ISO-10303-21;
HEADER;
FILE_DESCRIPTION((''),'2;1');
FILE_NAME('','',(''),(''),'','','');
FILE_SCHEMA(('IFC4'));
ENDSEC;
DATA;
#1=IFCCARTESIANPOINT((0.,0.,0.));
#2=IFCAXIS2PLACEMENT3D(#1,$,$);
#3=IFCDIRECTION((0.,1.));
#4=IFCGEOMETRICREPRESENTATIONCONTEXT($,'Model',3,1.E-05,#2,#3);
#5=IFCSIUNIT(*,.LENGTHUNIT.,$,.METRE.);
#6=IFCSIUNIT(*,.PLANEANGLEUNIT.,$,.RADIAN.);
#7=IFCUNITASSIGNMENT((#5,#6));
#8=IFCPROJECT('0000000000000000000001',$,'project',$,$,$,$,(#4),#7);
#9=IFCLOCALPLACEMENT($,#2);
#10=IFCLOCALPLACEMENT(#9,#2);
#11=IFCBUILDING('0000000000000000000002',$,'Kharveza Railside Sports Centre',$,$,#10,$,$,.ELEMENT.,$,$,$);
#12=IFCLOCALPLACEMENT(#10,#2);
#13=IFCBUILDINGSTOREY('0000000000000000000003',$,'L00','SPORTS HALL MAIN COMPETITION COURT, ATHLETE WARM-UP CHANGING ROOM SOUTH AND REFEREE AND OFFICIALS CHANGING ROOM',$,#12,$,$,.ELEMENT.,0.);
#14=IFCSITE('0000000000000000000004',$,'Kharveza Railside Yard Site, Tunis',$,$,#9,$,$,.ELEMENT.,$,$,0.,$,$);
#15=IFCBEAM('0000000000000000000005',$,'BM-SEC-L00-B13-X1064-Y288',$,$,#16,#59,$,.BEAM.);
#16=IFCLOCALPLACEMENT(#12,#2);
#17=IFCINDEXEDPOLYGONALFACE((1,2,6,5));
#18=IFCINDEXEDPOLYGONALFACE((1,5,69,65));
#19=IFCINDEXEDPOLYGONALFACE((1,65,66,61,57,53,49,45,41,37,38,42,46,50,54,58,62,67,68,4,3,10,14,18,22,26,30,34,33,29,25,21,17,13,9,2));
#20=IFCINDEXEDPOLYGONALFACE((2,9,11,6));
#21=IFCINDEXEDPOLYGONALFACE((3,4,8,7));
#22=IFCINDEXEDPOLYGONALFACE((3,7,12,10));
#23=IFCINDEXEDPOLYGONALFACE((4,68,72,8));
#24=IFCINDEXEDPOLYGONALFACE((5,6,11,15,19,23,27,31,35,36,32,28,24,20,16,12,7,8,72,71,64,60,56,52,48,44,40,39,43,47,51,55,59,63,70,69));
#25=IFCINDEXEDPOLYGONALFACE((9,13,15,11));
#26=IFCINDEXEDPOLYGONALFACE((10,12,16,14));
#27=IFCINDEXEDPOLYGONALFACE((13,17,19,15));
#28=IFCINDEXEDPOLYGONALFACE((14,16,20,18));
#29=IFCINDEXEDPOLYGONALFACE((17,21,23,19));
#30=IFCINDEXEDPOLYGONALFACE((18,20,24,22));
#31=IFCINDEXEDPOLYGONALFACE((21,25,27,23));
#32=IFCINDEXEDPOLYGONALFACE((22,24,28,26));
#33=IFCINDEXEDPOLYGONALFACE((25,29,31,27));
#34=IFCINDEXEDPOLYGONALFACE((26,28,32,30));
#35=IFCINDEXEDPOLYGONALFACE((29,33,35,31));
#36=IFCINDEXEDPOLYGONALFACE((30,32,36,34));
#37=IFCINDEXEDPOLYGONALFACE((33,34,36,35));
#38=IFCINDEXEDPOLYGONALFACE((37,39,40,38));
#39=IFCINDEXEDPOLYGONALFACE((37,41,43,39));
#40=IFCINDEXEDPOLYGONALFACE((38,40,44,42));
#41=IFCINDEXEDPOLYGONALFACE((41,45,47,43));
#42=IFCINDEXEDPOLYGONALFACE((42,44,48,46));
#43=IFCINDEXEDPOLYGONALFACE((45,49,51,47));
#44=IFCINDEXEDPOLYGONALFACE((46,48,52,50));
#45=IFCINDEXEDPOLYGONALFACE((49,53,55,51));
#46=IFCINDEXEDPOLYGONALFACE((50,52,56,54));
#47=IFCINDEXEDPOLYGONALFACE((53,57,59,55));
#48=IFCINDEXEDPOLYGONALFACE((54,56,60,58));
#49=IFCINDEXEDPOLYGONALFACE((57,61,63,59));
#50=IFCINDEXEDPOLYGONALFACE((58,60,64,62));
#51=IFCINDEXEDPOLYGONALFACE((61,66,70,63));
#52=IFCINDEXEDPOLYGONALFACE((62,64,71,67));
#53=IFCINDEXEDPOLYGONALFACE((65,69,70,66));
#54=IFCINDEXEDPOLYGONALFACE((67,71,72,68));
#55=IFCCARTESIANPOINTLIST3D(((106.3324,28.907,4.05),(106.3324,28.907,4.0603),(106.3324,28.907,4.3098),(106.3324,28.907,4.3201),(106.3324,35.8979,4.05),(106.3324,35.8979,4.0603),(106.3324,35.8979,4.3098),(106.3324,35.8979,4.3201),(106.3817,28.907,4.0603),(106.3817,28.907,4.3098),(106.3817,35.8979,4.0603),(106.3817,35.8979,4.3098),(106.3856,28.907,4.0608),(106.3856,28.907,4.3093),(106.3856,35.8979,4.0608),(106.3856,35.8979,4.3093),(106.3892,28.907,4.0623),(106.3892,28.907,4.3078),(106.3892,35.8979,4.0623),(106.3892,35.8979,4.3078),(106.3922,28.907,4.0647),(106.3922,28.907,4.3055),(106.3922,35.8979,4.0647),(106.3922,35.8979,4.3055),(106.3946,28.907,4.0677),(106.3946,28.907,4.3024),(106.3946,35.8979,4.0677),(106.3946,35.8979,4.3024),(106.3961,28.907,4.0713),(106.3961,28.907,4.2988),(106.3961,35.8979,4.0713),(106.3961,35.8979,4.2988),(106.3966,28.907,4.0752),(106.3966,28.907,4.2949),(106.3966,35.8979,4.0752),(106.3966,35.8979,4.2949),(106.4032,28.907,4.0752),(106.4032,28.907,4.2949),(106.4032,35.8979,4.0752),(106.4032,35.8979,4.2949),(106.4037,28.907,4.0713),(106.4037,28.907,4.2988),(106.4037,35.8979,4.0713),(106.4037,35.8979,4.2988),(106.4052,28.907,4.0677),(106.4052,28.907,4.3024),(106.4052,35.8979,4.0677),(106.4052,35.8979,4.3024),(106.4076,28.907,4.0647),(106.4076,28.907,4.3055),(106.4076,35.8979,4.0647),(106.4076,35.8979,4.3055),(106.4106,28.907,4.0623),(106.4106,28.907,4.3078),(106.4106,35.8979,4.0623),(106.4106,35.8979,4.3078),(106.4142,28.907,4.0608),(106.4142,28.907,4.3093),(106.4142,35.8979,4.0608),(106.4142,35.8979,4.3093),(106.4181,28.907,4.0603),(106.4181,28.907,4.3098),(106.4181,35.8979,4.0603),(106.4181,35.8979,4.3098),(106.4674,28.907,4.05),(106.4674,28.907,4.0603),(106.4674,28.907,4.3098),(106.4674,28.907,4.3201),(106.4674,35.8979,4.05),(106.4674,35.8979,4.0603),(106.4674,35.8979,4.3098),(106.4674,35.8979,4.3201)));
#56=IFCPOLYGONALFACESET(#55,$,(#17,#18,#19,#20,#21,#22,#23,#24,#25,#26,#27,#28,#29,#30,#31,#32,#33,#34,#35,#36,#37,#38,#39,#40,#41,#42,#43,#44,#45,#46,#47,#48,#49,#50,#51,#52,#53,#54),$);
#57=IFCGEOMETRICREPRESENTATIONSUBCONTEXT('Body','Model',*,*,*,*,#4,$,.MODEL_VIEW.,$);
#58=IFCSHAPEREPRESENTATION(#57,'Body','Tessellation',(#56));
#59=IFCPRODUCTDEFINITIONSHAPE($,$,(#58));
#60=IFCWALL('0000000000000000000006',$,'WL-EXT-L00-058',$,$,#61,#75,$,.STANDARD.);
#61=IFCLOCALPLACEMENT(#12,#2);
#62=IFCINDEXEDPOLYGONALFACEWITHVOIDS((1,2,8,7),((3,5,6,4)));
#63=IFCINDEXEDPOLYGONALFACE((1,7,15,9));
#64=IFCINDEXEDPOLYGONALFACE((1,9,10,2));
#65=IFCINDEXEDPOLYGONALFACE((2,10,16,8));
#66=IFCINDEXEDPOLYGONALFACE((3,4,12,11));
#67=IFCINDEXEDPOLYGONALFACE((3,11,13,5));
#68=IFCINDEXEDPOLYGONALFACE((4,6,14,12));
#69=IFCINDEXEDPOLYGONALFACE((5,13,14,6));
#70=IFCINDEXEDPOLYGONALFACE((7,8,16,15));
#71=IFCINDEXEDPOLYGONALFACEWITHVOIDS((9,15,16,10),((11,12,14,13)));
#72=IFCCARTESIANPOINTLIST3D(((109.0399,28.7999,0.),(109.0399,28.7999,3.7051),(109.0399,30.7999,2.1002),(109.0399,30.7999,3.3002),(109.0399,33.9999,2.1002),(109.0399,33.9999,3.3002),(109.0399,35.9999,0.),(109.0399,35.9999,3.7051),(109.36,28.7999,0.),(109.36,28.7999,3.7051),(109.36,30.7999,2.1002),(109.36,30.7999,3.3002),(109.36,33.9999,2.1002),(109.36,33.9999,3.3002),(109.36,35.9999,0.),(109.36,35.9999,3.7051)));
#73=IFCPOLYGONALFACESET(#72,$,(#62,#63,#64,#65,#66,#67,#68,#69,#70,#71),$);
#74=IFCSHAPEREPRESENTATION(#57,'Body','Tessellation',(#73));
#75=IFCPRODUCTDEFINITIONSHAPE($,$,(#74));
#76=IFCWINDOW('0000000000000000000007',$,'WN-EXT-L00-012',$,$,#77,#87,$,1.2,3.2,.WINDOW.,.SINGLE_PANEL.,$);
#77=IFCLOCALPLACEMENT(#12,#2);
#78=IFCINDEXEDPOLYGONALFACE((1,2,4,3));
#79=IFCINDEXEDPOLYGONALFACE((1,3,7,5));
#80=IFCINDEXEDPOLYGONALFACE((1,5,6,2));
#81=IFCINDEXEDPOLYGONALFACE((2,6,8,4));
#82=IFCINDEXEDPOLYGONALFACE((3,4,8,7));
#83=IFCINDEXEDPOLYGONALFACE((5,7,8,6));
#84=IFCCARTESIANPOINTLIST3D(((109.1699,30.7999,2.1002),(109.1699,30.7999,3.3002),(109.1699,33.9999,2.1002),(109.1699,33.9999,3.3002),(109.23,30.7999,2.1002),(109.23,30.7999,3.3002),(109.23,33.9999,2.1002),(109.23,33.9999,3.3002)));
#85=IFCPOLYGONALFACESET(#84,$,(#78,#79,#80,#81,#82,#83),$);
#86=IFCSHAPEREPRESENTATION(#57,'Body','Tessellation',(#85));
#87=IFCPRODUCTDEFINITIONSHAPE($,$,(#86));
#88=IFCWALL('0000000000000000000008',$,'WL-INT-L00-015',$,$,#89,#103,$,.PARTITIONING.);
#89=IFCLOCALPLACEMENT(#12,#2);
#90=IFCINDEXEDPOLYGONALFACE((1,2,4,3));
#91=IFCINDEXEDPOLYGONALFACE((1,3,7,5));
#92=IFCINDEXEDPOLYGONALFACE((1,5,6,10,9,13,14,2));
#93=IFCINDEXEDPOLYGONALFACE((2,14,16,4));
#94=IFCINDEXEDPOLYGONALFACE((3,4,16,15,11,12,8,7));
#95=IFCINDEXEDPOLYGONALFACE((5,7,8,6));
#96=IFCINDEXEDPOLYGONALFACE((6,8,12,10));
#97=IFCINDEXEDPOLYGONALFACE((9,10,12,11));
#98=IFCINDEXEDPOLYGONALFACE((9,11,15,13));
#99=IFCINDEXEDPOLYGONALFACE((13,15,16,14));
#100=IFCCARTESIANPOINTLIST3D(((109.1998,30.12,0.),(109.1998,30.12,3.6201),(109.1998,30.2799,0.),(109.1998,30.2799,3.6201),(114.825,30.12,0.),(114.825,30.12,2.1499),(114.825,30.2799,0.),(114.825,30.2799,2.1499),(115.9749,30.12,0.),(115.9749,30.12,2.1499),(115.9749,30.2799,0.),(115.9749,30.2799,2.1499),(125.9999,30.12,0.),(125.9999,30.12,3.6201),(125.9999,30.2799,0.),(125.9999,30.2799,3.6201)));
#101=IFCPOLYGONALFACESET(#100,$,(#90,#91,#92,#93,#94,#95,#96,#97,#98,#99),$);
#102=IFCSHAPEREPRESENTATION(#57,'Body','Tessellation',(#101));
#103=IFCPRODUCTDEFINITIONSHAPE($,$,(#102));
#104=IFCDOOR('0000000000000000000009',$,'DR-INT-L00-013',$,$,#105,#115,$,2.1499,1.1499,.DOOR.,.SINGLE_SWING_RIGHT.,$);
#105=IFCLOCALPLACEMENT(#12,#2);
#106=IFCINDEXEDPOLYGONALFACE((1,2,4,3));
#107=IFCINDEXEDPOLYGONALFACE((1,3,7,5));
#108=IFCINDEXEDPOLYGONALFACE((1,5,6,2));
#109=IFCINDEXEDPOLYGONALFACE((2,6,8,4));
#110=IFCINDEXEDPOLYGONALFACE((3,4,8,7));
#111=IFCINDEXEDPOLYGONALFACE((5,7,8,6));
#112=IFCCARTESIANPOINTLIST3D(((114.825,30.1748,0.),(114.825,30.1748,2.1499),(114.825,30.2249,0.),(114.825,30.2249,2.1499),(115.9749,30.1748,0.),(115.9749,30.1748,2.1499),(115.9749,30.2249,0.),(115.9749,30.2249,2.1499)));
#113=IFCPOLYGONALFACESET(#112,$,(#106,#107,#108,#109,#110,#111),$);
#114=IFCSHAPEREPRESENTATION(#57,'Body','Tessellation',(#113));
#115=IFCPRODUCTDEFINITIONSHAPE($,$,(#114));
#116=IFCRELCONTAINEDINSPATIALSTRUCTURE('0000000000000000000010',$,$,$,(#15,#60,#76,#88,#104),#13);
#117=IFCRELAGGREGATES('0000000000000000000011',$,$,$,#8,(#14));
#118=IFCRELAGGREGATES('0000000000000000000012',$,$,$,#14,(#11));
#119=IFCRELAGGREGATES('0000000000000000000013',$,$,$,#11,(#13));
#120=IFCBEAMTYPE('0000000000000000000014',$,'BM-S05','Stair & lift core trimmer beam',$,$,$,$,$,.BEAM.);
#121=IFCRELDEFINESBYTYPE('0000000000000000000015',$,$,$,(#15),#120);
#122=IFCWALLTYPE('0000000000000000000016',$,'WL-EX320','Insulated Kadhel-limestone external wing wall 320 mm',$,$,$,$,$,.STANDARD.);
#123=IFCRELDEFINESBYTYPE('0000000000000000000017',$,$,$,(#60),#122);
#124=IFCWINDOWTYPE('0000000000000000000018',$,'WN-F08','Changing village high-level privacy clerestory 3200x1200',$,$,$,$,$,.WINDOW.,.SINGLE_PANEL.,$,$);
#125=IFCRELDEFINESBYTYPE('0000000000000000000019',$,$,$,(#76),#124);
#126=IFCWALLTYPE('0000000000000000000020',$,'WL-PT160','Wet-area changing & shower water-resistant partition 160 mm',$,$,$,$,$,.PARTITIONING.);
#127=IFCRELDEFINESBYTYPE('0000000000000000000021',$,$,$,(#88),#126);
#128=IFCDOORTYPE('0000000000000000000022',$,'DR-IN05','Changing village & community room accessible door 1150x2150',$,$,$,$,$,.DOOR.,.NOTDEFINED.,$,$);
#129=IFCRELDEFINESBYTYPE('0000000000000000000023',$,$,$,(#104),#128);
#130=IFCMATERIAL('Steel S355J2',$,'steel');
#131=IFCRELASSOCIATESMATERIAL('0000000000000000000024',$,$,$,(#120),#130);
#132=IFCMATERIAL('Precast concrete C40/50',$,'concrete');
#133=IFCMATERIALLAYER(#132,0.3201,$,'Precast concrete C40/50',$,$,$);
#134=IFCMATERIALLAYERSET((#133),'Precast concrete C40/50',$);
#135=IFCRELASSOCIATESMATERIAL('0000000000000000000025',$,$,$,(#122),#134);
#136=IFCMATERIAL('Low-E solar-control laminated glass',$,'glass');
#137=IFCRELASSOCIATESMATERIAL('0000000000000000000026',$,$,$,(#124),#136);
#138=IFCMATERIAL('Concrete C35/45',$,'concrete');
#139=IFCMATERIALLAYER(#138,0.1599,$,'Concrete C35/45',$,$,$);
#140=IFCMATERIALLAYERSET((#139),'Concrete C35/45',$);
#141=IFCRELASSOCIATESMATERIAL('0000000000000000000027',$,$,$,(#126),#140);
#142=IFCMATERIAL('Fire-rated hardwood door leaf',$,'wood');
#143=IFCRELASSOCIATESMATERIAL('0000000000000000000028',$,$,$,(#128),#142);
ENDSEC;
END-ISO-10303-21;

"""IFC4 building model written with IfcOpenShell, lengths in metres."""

from ifc_helpers import new_model, si_unit, direction, frame, frame_2d, origin, origin_2d, place, context, subcontext, project, spatial, rectangle, i_section, extrude, material, layer, layer_set, material_profile, profile_set, type_object, element, fill, save


model = new_model("IFC4")

# Units and contexts
model_context = context("Model", 3, precision=1e-05, world=origin(), true_north=direction((0.0, 1.0)))
body_context = subcontext(model_context, "Body", "Model", "MODEL_VIEW")
ifc_project = project(units=[si_unit("LENGTHUNIT", "METRE"), si_unit("PLANEANGLEUNIT", "RADIAN")], contexts=[model_context])

# Site, building, storey
site_placement = place(None, origin())
site = spatial("IfcSite", under=ifc_project, at=site_placement, Name="Kharveza Railside Yard Site, Tunis", CompositionType="ELEMENT", RefElevation=0.0)
building_placement = place(site_placement, origin())
building = spatial("IfcBuilding", under=site, at=building_placement, Name="Kharveza Railside Sports Centre", CompositionType="ELEMENT")
storey_placement = place(building_placement, origin())
storey = spatial("IfcBuildingStorey", under=building, at=storey_placement, Name="L00", Description="SPORTS HALL MAIN COMPETITION COURT, ATHLETE WARM-UP CHANGING ROOM SOUTH AND REFEREE AND OFFICIALS CHANGING ROOM", CompositionType="ELEMENT", Elevation=0.0)

# Shared definitions
ifc_material_1 = material(Name="Concrete C35/45", Category="concrete")

# Shared definitions
ifc_material_2 = material(Name="Steel S355J2", Category="steel")

# Beam
ifc_material_profile_1 = material_profile(ifc_material_2, i_section(OverallWidth=0.135, OverallDepth=0.27, WebThickness=0.0066, FlangeThickness=0.0103, FilletRadius=0.0149, at=origin_2d()), Name="IPE 270")
ifc_profile_set_1 = profile_set([ifc_material_profile_1], Name="Steel S355J2")
beam_type_1 = type_object("IfcBeamType", Name="BM-S05", Description="Stair & lift core trimmer beam", PredefinedType="BEAM", material=ifc_profile_set_1)
beam_1_placement = place(storey_placement, frame((106.3999, 28.907, 4.1851), z_axis=(0.0, 1.0, 0.0), x_axis=(-1.0, 0.0, 0.0)))
element("IfcBeam", 1, at=beam_1_placement, inside=storey, type_object=beam_type_1, Name="BM-SEC-L00-B13-X1064-Y288", PredefinedType="BEAM", context=body_context, shape_type="SweptSolid", body=[
    extrude(i_section(OverallWidth=0.135, OverallDepth=0.27, WebThickness=0.0066, FlangeThickness=0.0103, FilletRadius=0.0149, at=origin_2d()), origin(), (0.0, 0.0, 1.0), 6.991),
])

# Wall, opening, window
ifc_material_3 = material(Name="Precast concrete C40/50", Category="concrete")
ifc_layer_1 = layer(ifc_material_3, 0.3201, Name="Precast concrete C40/50")
ifc_layer_set_1 = layer_set([ifc_layer_1], Name="Precast concrete C40/50")
wall_type_1 = type_object("IfcWallType", Name="WL-EX320", Description="Insulated Kadhel-limestone external wing wall 320 mm", PredefinedType="STANDARD", material=ifc_layer_set_1)
wall_1_placement = place(storey_placement, frame((109.2, 36.0, 0.0), z_axis=(0.0, 0.0, 1.0), x_axis=(0.0, -1.0, 0.0)))
wall_1 = element("IfcWall", 2, at=wall_1_placement, inside=storey, type_object=wall_type_1, Name="WL-EXT-L00-058", PredefinedType="STANDARD", context=body_context, shape_type="SweptSolid", body=[
    extrude(rectangle(XDim=7.2, YDim=0.3201, at=frame_2d((3.6001, 0.0))), origin(), (0.0, 0.0, 1.0), 3.7051),
])
opening_1_placement = place(wall_1_placement, frame((2.0, 0.0, 2.1001)))
opening_1 = element("IfcOpeningElement", 3, at=opening_1_placement, cuts=wall_1, PredefinedType="OPENING", context=body_context, shape_type="SweptSolid", body=[
    extrude(rectangle(XDim=3.2, YDim=1.2, at=frame_2d((1.6001, 0.6001))), frame((0.0, 0.1851, 0.0), z_axis=(0.0, -1.0, 0.0), x_axis=(1.0, 0.0, 0.0)), (0.0, 0.0, 1.0), 0.3699),
])
ifc_material_4 = material(Name="Low-E solar-control laminated glass", Category="glass")
window_type = type_object("IfcWindowType", Name="WN-F08", Description="Changing village high-level privacy clerestory 3200x1200", PartitioningType="SINGLE_PANEL", PredefinedType="WINDOW", material=ifc_material_4)
window_placement = place(opening_1_placement, origin())
window = element("IfcWindow", 4, at=window_placement, inside=storey, type_object=window_type, Name="WN-EXT-L00-012", OverallHeight=1.2, OverallWidth=3.2, PartitioningType="SINGLE_PANEL", PredefinedType="WINDOW", context=body_context, shape_type="SweptSolid", body=[
    extrude(rectangle(XDim=3.2, YDim=1.2, at=frame_2d((1.6001, 0.6001))), frame((0.0, 0.03, 0.0), z_axis=(0.0, -1.0, 0.0), x_axis=(1.0, 0.0, 0.0)), (0.0, 0.0, 1.0), 0.0601),
])
fill(opening_1, window)

# Wall, opening, door
ifc_layer_2 = layer(ifc_material_1, 0.1599, Name="Concrete C35/45")
ifc_layer_set_2 = layer_set([ifc_layer_2], Name="Concrete C35/45")
wall_type_2 = type_object("IfcWallType", Name="WL-PT160", Description="Wet-area changing & shower water-resistant partition 160 mm", PredefinedType="PARTITIONING", material=ifc_layer_set_2)
wall_2_placement = place(storey_placement, frame((109.2, 30.2, 0.0), z_axis=(0.0, 0.0, 1.0), x_axis=(1.0, 0.0, 0.0)))
wall_2 = element("IfcWall", 5, at=wall_2_placement, inside=storey, type_object=wall_type_2, Name="WL-INT-L00-015", PredefinedType="PARTITIONING", context=body_context, shape_type="SweptSolid", body=[
    extrude(rectangle(XDim=16.8, YDim=0.1599, at=frame_2d((8.3999, 0.0))), origin(), (0.0, 0.0, 1.0), 3.6201),
])
opening_2_placement = place(wall_2_placement, frame((5.625, 0.0, 0.0)))
opening_2 = element("IfcOpeningElement", 6, at=opening_2_placement, cuts=wall_2, PredefinedType="OPENING", context=body_context, shape_type="SweptSolid", body=[
    extrude(rectangle(XDim=1.1499, YDim=2.1499, at=frame_2d((0.575, 1.075))), frame((0.0, 0.105, 0.0), z_axis=(0.0, -1.0, 0.0), x_axis=(1.0, 0.0, 0.0)), (0.0, 0.0, 1.0), 0.2097),
])
ifc_material_5 = material(Name="Fire-rated hardwood door leaf", Category="wood")
door_type = type_object("IfcDoorType", Name="DR-IN05", Description="Changing village & community room accessible door 1150x2150", OperationType="NOTDEFINED", PredefinedType="DOOR", material=ifc_material_5)
door_placement = place(opening_2_placement, origin())
door = element("IfcDoor", 7, at=door_placement, inside=storey, type_object=door_type, Name="DR-INT-L00-013", OperationType="SINGLE_SWING_RIGHT", OverallHeight=2.1499, OverallWidth=1.1499, PredefinedType="DOOR", context=body_context, shape_type="SweptSolid", body=[
    extrude(rectangle(XDim=1.1499, YDim=2.1499, at=frame_2d((0.575, 1.075))), frame((0.0, 0.0249, 0.0), z_axis=(0.0, -1.0, 0.0), x_axis=(1.0, 0.0, 0.0)), (0.0, 0.0, 1.0), 0.05),
])
fill(opening_2, door)

save(model, "model.ifc")
